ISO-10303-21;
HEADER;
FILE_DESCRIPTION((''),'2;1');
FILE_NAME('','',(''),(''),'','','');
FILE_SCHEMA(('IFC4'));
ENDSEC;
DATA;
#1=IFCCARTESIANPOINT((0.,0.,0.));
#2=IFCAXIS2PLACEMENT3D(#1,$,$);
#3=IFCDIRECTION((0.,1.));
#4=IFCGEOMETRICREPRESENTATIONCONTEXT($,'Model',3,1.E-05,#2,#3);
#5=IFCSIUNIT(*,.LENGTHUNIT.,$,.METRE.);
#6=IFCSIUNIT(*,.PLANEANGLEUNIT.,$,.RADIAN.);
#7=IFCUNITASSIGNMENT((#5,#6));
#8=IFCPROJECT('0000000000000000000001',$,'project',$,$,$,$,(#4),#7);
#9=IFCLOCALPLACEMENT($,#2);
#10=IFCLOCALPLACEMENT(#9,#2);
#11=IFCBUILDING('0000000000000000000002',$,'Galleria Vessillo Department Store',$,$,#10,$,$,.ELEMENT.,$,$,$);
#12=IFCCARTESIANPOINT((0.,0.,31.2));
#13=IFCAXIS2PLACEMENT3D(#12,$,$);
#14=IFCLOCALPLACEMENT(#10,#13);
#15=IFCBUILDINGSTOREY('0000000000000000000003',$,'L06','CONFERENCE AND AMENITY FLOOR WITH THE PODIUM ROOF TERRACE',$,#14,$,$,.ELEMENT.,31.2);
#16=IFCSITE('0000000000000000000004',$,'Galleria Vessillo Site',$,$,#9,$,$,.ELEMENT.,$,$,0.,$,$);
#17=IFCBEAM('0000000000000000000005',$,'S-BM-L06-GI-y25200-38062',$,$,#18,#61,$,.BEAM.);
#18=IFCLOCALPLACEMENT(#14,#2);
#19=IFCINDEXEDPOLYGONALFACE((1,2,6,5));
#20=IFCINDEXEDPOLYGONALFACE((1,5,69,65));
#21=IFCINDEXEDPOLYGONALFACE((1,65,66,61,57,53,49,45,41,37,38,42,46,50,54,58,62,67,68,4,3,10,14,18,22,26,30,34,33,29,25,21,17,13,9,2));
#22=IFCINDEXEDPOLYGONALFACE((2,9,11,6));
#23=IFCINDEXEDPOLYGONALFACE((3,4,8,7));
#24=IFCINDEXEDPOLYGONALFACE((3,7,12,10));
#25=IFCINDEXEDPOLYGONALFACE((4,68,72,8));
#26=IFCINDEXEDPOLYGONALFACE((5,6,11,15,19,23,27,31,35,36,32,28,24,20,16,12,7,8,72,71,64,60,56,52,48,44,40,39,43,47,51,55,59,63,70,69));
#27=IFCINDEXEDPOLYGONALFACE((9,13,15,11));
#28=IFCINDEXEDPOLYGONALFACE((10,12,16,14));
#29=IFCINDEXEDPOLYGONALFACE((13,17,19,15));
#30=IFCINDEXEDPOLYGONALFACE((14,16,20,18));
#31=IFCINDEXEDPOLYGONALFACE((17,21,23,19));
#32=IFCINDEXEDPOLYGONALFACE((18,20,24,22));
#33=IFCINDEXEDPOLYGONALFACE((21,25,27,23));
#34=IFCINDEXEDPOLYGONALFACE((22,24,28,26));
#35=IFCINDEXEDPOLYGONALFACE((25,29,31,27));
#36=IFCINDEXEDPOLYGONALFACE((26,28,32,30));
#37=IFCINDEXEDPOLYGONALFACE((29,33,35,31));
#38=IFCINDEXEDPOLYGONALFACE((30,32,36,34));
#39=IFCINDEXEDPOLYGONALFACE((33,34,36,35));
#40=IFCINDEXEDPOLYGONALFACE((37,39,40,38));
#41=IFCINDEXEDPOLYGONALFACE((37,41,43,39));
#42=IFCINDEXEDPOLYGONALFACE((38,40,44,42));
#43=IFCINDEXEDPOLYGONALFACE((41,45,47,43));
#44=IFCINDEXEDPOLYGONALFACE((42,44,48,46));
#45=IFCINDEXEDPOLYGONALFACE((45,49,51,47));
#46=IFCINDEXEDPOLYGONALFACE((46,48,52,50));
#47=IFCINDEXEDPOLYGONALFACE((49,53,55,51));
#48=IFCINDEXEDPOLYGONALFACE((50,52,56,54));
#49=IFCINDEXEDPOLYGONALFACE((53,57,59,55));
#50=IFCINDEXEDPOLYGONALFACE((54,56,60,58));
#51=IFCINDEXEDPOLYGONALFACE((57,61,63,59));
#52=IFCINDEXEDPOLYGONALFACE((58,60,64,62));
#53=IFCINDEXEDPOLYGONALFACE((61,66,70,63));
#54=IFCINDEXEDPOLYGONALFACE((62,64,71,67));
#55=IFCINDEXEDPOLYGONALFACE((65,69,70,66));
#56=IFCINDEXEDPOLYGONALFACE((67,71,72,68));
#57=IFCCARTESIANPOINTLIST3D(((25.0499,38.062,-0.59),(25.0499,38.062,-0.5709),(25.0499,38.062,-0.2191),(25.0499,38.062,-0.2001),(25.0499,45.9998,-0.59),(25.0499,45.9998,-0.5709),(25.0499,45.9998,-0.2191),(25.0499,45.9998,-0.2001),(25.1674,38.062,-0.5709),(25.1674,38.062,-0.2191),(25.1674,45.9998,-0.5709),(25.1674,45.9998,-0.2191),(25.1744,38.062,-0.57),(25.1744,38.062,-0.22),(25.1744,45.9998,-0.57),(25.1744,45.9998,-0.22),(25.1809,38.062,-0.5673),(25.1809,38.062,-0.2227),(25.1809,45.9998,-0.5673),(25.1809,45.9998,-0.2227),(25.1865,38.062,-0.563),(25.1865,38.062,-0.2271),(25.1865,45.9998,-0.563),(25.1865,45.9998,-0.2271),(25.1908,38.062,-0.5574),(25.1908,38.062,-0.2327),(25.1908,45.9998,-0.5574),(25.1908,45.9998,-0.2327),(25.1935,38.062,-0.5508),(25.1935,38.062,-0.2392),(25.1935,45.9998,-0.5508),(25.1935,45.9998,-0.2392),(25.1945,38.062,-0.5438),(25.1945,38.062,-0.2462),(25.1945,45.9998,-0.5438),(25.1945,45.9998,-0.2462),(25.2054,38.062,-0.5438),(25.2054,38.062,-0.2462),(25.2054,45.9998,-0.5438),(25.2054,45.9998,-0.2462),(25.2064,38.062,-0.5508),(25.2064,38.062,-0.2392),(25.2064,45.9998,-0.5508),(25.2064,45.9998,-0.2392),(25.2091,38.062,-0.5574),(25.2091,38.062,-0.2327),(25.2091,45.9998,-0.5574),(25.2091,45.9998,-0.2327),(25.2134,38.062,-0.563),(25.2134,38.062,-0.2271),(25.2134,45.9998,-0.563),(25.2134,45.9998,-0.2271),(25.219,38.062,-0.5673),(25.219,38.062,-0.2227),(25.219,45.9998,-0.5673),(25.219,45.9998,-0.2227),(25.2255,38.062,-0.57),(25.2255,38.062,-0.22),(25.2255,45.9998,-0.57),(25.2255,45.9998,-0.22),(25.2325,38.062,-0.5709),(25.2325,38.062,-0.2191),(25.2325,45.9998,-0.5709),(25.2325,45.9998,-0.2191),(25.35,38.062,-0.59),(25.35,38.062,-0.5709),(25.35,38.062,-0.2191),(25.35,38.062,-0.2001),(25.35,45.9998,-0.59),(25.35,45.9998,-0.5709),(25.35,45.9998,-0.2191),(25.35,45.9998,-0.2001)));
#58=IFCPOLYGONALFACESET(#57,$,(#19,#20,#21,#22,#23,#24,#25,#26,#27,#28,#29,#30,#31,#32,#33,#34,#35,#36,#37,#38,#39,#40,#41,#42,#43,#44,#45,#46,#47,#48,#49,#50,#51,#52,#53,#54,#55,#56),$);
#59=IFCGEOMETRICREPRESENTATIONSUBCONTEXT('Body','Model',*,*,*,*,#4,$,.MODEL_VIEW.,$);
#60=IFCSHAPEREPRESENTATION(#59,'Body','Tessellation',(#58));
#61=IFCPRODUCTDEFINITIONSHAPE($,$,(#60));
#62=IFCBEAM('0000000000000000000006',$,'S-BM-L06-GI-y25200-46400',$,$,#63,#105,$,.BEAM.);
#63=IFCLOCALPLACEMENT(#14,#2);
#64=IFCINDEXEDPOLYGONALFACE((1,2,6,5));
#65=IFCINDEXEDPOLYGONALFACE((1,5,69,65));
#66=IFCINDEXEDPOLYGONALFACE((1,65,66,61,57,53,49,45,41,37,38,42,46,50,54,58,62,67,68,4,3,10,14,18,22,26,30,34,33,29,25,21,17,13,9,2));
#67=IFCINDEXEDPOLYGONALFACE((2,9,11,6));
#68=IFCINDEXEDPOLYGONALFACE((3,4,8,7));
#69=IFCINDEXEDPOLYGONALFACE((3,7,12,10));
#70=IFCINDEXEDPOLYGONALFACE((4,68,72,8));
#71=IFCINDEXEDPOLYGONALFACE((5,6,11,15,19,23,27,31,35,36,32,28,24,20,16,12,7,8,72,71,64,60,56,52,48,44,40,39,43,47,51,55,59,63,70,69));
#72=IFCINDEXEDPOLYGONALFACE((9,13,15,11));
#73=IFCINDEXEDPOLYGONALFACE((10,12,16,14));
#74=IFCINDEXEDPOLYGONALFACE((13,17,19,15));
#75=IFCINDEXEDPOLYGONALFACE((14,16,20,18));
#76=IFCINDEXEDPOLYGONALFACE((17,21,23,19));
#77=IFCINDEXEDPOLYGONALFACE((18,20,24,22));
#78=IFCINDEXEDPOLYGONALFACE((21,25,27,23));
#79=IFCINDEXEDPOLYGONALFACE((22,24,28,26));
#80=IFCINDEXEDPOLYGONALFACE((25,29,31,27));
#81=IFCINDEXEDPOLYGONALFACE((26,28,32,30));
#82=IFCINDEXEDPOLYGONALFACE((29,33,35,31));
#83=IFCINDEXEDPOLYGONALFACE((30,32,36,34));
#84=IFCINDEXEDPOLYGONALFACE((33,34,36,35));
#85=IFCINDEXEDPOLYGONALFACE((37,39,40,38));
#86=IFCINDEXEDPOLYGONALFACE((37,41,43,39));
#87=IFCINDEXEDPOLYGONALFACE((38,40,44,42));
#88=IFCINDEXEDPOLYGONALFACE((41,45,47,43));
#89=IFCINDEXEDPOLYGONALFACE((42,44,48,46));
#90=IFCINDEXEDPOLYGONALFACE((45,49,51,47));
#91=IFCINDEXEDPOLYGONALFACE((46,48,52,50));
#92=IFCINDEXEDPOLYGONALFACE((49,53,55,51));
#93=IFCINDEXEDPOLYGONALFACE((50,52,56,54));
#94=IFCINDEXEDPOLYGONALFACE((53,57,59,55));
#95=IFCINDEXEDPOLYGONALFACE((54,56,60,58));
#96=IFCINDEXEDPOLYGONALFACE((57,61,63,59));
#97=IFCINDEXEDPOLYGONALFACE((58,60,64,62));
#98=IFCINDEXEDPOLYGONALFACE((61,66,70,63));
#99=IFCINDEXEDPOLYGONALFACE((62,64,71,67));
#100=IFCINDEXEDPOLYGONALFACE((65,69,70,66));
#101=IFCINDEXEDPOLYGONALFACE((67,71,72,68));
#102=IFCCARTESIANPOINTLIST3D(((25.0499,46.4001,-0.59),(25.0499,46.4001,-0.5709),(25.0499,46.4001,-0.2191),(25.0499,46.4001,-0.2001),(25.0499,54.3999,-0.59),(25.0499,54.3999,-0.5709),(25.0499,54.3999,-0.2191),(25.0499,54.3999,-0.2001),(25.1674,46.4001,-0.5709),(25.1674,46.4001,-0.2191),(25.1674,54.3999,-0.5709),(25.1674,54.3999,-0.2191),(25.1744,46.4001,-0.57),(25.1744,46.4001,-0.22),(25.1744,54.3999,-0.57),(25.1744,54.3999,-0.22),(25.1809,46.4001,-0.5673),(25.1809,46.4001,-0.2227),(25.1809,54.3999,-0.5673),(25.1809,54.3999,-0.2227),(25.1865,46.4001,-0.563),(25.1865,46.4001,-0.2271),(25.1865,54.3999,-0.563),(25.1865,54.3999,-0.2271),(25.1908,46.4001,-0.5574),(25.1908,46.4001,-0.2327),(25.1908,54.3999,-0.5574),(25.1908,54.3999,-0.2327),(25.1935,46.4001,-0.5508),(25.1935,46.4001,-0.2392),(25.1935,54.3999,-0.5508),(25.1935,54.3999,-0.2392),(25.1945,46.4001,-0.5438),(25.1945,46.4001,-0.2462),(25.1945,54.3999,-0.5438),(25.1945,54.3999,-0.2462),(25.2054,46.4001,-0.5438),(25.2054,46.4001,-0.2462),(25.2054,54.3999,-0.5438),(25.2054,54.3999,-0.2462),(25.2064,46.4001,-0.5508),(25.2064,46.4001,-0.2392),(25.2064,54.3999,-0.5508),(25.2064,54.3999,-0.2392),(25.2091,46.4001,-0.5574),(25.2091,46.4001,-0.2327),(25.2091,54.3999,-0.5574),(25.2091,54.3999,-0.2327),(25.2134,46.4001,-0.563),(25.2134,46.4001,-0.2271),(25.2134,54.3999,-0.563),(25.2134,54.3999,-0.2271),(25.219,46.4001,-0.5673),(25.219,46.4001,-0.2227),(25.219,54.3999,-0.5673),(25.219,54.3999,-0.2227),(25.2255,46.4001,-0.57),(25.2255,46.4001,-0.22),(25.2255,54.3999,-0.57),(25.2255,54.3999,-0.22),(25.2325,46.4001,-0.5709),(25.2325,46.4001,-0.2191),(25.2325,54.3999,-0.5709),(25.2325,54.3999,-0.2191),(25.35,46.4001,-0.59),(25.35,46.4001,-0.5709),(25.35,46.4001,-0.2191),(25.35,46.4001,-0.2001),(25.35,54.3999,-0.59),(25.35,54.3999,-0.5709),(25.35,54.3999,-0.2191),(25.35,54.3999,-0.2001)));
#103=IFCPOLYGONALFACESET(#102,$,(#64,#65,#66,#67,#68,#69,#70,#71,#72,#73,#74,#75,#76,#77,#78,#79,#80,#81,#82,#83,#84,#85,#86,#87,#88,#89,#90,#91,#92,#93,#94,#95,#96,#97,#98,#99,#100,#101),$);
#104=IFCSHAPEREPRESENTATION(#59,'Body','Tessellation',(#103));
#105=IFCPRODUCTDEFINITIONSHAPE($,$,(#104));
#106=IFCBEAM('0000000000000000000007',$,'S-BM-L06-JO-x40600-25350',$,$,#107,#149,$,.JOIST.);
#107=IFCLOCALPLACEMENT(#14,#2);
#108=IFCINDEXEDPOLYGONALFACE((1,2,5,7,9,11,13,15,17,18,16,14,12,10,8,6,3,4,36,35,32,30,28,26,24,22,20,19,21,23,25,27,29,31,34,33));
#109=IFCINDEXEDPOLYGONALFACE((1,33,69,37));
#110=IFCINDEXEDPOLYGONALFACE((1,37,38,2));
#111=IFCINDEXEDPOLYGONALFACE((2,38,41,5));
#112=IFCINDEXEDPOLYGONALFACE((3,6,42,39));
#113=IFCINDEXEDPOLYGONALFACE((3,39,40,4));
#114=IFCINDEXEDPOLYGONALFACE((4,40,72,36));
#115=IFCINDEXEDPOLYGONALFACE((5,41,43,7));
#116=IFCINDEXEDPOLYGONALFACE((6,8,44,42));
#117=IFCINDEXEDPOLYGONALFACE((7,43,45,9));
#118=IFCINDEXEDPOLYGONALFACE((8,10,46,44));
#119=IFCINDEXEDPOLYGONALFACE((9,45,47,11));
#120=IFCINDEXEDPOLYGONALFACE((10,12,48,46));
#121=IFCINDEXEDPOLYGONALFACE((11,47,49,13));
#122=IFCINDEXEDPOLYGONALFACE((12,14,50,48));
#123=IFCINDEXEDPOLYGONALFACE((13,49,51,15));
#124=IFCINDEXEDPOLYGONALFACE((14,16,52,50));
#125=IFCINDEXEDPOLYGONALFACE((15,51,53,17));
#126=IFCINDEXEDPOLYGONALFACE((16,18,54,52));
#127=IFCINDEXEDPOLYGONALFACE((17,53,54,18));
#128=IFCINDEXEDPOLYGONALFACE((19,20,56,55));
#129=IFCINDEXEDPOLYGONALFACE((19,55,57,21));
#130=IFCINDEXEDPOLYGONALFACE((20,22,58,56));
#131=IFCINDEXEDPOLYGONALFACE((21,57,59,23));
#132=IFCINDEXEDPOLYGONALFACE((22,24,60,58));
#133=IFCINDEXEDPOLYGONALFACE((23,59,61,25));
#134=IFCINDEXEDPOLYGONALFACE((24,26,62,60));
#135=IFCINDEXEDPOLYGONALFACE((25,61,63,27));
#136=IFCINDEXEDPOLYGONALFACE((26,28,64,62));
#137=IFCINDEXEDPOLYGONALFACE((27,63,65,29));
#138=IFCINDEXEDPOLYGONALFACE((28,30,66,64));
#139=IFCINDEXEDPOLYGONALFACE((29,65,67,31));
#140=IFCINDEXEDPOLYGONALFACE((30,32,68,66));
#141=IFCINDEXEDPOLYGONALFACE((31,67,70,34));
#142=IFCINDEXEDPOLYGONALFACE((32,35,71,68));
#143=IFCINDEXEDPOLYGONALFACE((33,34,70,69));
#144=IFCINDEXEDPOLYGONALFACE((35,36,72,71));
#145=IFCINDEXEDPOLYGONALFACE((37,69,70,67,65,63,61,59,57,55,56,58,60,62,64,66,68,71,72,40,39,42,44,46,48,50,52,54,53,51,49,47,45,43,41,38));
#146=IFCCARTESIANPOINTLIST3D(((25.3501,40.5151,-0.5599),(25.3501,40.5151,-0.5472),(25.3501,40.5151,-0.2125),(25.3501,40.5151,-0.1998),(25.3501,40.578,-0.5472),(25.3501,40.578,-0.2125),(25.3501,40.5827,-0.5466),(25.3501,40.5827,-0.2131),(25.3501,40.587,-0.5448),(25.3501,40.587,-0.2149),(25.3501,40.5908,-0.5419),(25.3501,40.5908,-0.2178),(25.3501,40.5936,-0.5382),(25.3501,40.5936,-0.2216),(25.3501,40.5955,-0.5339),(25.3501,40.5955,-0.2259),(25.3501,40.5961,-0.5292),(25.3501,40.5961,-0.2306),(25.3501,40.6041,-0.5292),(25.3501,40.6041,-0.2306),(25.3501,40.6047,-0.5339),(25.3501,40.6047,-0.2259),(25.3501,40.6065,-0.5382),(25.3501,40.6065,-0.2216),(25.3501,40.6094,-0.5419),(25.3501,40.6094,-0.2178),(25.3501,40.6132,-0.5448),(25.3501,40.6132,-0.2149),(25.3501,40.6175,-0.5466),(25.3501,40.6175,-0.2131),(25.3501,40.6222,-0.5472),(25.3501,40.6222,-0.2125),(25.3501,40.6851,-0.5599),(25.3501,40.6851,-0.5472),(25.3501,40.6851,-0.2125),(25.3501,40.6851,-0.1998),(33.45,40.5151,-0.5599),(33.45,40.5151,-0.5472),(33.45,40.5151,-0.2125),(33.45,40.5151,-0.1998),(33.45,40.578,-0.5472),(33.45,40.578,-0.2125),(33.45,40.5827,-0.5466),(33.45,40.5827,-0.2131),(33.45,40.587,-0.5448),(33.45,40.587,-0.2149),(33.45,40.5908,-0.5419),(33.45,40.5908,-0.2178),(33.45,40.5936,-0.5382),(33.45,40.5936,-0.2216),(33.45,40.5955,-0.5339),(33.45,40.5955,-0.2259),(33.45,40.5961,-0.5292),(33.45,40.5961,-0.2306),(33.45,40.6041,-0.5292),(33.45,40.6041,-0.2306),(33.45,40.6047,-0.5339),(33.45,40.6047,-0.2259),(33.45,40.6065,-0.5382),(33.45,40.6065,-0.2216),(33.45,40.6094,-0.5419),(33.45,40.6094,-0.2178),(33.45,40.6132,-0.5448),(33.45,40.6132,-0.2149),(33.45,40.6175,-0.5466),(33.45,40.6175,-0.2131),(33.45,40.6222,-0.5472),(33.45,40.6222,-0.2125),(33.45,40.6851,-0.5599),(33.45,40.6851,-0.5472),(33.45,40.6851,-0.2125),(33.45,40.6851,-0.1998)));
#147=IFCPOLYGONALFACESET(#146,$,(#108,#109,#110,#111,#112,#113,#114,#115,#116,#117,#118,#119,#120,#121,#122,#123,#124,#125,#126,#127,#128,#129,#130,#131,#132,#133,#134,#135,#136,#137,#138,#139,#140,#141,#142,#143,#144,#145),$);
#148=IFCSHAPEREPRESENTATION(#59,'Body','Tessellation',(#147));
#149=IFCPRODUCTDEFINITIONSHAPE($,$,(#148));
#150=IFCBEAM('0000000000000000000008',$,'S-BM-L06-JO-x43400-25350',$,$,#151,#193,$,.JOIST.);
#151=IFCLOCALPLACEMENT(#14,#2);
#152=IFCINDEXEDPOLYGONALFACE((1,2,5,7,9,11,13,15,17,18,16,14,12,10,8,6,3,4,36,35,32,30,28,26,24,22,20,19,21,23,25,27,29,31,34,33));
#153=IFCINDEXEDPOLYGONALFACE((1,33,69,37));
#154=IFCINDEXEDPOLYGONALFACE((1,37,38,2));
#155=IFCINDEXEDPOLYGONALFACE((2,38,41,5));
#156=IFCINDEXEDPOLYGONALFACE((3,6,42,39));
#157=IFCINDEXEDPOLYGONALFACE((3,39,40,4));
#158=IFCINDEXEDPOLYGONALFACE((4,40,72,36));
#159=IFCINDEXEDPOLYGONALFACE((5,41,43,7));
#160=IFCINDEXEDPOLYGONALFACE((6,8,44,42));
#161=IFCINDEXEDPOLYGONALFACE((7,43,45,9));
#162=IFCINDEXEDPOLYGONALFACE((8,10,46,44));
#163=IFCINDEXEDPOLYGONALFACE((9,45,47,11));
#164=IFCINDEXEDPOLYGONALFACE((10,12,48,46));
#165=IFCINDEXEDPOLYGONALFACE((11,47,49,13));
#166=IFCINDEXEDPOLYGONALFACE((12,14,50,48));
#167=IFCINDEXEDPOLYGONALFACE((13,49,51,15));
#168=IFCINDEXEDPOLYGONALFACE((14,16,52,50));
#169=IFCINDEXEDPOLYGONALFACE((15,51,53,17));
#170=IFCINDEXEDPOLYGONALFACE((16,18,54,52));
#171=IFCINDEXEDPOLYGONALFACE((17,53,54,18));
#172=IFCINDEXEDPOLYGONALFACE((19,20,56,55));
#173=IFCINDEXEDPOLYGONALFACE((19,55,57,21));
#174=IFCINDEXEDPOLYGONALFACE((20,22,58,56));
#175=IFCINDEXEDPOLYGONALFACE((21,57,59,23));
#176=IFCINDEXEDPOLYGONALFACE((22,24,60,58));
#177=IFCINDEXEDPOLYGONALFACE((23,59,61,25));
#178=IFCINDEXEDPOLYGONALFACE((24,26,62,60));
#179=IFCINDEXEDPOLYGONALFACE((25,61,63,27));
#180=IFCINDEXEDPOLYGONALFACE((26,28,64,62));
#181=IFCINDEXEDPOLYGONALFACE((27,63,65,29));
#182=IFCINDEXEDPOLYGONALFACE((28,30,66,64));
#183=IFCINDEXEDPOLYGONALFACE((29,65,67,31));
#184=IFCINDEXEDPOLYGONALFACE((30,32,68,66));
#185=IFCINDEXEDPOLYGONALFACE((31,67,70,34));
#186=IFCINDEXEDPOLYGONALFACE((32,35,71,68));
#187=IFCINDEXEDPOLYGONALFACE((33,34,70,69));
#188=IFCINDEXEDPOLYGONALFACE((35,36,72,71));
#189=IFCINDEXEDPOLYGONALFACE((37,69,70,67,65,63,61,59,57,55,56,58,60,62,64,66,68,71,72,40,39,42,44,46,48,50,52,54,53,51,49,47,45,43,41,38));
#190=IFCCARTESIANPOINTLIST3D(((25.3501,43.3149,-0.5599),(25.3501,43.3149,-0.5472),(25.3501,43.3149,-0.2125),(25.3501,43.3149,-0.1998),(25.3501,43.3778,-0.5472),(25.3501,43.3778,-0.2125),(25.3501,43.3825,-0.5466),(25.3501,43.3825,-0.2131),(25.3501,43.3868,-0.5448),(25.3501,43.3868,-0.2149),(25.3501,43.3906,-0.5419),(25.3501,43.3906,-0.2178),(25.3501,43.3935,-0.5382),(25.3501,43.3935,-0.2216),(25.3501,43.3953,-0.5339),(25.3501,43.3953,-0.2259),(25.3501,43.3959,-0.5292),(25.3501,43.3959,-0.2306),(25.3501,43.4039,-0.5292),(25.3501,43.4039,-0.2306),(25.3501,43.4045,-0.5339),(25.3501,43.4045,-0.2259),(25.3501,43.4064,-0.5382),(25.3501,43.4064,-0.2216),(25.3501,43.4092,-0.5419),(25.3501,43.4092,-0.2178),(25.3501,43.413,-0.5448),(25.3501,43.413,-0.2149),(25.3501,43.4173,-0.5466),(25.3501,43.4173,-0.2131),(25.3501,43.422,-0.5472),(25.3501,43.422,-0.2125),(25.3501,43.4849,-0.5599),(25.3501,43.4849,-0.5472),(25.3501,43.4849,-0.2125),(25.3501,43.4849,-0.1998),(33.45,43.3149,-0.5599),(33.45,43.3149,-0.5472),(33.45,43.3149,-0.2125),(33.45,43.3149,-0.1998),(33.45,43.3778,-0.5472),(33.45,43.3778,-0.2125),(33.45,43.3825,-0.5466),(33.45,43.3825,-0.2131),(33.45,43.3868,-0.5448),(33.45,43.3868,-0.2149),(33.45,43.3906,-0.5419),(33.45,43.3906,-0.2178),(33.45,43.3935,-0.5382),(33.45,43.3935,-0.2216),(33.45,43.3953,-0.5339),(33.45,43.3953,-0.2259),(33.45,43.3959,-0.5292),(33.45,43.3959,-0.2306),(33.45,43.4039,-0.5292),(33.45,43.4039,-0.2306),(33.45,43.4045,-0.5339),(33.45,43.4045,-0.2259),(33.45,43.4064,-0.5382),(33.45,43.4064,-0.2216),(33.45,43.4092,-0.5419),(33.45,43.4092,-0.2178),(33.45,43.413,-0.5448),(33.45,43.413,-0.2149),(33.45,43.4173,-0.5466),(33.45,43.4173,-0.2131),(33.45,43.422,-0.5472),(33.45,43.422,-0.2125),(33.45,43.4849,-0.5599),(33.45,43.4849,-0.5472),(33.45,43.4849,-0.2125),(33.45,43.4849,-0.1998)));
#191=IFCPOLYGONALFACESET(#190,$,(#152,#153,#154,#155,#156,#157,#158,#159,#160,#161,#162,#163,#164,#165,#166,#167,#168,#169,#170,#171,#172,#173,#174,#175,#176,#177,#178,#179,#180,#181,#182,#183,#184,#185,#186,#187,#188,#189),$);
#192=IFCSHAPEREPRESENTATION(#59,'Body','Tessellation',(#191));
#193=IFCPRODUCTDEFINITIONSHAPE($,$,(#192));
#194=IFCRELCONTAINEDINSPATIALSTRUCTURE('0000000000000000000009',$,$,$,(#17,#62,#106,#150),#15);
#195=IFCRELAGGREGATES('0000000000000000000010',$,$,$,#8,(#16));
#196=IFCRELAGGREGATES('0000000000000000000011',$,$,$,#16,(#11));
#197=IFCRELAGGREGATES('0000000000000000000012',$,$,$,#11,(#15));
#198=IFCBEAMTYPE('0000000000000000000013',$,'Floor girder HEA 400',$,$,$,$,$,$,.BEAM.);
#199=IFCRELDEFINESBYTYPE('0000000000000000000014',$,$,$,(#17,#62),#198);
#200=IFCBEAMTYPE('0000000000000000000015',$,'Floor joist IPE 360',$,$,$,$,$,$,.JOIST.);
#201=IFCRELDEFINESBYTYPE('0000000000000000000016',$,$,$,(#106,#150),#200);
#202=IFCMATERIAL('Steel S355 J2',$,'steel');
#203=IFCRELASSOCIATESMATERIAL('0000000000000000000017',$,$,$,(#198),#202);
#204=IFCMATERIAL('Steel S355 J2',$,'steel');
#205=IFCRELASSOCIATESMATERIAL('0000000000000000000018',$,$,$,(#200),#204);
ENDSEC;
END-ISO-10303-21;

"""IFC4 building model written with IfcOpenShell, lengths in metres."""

from ifc_helpers import new_model, si_unit, direction, frame, origin, origin_2d, place, context, subcontext, project, spatial, i_section, extrude, material, material_profile, profile_set, type_object, element, save


model = new_model("IFC4")

# Units and contexts
model_context = context("Model", 3, precision=1e-05, world=origin(), true_north=direction((0.0, 1.0)))
body_context = subcontext(model_context, "Body", "Model", "MODEL_VIEW")
ifc_project = project(units=[si_unit("LENGTHUNIT", "METRE"), si_unit("PLANEANGLEUNIT", "RADIAN")], contexts=[model_context])

# Site, building, storey
site_placement = place(None, origin())
site = spatial("IfcSite", under=ifc_project, at=site_placement, Name="Galleria Vessillo Site", CompositionType="ELEMENT", RefElevation=0.0)
building_placement = place(site_placement, origin())
building = spatial("IfcBuilding", under=site, at=building_placement, Name="Galleria Vessillo Department Store", CompositionType="ELEMENT")
storey_placement = place(building_placement, frame((0.0, 0.0, 31.2)))
storey = spatial("IfcBuildingStorey", under=building, at=storey_placement, Name="L06", Description="CONFERENCE AND AMENITY FLOOR WITH THE PODIUM ROOF TERRACE", CompositionType="ELEMENT", Elevation=31.2)

# Beams
ifc_material_1 = material(Name="Steel S355 J2", Category="steel")
ifc_material_profile_1 = material_profile(ifc_material_1, i_section(OverallWidth=0.3, OverallDepth=0.3899, WebThickness=0.011, FlangeThickness=0.019, FilletRadius=0.0271, at=origin_2d()), Name="HEA 400")
ifc_profile_set_1 = profile_set([ifc_material_profile_1], Name="Steel S355 J2")
beam_type_1 = type_object("IfcBeamType", Name="Floor girder HEA 400", PredefinedType="BEAM", material=ifc_profile_set_1)
beam_1_placement = place(storey_placement, frame((25.2, 38.062, -0.395), z_axis=(0.0, 1.0, 0.0), x_axis=(-1.0, 0.0, 0.0)))
element("IfcBeam", 1, at=beam_1_placement, inside=storey, type_object=beam_type_1, Name="S-BM-L06-GI-y25200-38062", PredefinedType="BEAM", context=body_context, shape_type="SweptSolid", body=[
    extrude(i_section(OverallWidth=0.3, OverallDepth=0.3899, WebThickness=0.011, FlangeThickness=0.019, FilletRadius=0.0271, at=origin_2d()), origin(), (0.0, 0.0, 1.0), 7.9377),
])
beam_2_placement = place(storey_placement, frame((25.2, 46.4001, -0.395), z_axis=(0.0, 1.0, 0.0), x_axis=(-1.0, 0.0, 0.0)))
element("IfcBeam", 2, at=beam_2_placement, inside=storey, type_object=beam_type_1, Name="S-BM-L06-GI-y25200-46400", PredefinedType="BEAM", context=body_context, shape_type="SweptSolid", body=[
    extrude(i_section(OverallWidth=0.3, OverallDepth=0.3899, WebThickness=0.011, FlangeThickness=0.019, FilletRadius=0.0271, at=origin_2d()), origin(), (0.0, 0.0, 1.0), 7.9998),
])
ifc_material_2 = material(Name="Steel S355 J2", Category="steel")
ifc_material_profile_2 = material_profile(ifc_material_2, i_section(OverallWidth=0.1699, OverallDepth=0.3601, WebThickness=0.0081, FlangeThickness=0.0127, FilletRadius=0.0181, at=origin_2d()), Name="IPE 360")
ifc_profile_set_2 = profile_set([ifc_material_profile_2], Name="Steel S355 J2")
beam_type_2 = type_object("IfcBeamType", Name="Floor joist IPE 360", PredefinedType="JOIST", material=ifc_profile_set_2)
for number, where, z_axis, x_axis, name in (
    (3, (25.3501, 40.6001, -0.3799), (1.0, 0.0, 0.0), (0.0, 1.0, 0.0), "S-BM-L06-JO-x40600-25350"),
    (4, (25.3501, 43.3999, -0.3799), (1.0, 0.0, 0.0), (0.0, 1.0, 0.0), "S-BM-L06-JO-x43400-25350"),
):
    element("IfcBeam", number, at=place(storey_placement, frame(where, z_axis=z_axis, x_axis=x_axis)), inside=storey, type_object=beam_type_2, Name=name, PredefinedType="JOIST", context=body_context, shape_type="SweptSolid", body=[
        extrude(i_section(OverallWidth=0.1699, OverallDepth=0.3601, WebThickness=0.0081, FlangeThickness=0.0127, FilletRadius=0.0181, at=origin_2d()), origin(), (0.0, 0.0, 1.0), 8.0999),
    ])

save(model, "model.ifc")
